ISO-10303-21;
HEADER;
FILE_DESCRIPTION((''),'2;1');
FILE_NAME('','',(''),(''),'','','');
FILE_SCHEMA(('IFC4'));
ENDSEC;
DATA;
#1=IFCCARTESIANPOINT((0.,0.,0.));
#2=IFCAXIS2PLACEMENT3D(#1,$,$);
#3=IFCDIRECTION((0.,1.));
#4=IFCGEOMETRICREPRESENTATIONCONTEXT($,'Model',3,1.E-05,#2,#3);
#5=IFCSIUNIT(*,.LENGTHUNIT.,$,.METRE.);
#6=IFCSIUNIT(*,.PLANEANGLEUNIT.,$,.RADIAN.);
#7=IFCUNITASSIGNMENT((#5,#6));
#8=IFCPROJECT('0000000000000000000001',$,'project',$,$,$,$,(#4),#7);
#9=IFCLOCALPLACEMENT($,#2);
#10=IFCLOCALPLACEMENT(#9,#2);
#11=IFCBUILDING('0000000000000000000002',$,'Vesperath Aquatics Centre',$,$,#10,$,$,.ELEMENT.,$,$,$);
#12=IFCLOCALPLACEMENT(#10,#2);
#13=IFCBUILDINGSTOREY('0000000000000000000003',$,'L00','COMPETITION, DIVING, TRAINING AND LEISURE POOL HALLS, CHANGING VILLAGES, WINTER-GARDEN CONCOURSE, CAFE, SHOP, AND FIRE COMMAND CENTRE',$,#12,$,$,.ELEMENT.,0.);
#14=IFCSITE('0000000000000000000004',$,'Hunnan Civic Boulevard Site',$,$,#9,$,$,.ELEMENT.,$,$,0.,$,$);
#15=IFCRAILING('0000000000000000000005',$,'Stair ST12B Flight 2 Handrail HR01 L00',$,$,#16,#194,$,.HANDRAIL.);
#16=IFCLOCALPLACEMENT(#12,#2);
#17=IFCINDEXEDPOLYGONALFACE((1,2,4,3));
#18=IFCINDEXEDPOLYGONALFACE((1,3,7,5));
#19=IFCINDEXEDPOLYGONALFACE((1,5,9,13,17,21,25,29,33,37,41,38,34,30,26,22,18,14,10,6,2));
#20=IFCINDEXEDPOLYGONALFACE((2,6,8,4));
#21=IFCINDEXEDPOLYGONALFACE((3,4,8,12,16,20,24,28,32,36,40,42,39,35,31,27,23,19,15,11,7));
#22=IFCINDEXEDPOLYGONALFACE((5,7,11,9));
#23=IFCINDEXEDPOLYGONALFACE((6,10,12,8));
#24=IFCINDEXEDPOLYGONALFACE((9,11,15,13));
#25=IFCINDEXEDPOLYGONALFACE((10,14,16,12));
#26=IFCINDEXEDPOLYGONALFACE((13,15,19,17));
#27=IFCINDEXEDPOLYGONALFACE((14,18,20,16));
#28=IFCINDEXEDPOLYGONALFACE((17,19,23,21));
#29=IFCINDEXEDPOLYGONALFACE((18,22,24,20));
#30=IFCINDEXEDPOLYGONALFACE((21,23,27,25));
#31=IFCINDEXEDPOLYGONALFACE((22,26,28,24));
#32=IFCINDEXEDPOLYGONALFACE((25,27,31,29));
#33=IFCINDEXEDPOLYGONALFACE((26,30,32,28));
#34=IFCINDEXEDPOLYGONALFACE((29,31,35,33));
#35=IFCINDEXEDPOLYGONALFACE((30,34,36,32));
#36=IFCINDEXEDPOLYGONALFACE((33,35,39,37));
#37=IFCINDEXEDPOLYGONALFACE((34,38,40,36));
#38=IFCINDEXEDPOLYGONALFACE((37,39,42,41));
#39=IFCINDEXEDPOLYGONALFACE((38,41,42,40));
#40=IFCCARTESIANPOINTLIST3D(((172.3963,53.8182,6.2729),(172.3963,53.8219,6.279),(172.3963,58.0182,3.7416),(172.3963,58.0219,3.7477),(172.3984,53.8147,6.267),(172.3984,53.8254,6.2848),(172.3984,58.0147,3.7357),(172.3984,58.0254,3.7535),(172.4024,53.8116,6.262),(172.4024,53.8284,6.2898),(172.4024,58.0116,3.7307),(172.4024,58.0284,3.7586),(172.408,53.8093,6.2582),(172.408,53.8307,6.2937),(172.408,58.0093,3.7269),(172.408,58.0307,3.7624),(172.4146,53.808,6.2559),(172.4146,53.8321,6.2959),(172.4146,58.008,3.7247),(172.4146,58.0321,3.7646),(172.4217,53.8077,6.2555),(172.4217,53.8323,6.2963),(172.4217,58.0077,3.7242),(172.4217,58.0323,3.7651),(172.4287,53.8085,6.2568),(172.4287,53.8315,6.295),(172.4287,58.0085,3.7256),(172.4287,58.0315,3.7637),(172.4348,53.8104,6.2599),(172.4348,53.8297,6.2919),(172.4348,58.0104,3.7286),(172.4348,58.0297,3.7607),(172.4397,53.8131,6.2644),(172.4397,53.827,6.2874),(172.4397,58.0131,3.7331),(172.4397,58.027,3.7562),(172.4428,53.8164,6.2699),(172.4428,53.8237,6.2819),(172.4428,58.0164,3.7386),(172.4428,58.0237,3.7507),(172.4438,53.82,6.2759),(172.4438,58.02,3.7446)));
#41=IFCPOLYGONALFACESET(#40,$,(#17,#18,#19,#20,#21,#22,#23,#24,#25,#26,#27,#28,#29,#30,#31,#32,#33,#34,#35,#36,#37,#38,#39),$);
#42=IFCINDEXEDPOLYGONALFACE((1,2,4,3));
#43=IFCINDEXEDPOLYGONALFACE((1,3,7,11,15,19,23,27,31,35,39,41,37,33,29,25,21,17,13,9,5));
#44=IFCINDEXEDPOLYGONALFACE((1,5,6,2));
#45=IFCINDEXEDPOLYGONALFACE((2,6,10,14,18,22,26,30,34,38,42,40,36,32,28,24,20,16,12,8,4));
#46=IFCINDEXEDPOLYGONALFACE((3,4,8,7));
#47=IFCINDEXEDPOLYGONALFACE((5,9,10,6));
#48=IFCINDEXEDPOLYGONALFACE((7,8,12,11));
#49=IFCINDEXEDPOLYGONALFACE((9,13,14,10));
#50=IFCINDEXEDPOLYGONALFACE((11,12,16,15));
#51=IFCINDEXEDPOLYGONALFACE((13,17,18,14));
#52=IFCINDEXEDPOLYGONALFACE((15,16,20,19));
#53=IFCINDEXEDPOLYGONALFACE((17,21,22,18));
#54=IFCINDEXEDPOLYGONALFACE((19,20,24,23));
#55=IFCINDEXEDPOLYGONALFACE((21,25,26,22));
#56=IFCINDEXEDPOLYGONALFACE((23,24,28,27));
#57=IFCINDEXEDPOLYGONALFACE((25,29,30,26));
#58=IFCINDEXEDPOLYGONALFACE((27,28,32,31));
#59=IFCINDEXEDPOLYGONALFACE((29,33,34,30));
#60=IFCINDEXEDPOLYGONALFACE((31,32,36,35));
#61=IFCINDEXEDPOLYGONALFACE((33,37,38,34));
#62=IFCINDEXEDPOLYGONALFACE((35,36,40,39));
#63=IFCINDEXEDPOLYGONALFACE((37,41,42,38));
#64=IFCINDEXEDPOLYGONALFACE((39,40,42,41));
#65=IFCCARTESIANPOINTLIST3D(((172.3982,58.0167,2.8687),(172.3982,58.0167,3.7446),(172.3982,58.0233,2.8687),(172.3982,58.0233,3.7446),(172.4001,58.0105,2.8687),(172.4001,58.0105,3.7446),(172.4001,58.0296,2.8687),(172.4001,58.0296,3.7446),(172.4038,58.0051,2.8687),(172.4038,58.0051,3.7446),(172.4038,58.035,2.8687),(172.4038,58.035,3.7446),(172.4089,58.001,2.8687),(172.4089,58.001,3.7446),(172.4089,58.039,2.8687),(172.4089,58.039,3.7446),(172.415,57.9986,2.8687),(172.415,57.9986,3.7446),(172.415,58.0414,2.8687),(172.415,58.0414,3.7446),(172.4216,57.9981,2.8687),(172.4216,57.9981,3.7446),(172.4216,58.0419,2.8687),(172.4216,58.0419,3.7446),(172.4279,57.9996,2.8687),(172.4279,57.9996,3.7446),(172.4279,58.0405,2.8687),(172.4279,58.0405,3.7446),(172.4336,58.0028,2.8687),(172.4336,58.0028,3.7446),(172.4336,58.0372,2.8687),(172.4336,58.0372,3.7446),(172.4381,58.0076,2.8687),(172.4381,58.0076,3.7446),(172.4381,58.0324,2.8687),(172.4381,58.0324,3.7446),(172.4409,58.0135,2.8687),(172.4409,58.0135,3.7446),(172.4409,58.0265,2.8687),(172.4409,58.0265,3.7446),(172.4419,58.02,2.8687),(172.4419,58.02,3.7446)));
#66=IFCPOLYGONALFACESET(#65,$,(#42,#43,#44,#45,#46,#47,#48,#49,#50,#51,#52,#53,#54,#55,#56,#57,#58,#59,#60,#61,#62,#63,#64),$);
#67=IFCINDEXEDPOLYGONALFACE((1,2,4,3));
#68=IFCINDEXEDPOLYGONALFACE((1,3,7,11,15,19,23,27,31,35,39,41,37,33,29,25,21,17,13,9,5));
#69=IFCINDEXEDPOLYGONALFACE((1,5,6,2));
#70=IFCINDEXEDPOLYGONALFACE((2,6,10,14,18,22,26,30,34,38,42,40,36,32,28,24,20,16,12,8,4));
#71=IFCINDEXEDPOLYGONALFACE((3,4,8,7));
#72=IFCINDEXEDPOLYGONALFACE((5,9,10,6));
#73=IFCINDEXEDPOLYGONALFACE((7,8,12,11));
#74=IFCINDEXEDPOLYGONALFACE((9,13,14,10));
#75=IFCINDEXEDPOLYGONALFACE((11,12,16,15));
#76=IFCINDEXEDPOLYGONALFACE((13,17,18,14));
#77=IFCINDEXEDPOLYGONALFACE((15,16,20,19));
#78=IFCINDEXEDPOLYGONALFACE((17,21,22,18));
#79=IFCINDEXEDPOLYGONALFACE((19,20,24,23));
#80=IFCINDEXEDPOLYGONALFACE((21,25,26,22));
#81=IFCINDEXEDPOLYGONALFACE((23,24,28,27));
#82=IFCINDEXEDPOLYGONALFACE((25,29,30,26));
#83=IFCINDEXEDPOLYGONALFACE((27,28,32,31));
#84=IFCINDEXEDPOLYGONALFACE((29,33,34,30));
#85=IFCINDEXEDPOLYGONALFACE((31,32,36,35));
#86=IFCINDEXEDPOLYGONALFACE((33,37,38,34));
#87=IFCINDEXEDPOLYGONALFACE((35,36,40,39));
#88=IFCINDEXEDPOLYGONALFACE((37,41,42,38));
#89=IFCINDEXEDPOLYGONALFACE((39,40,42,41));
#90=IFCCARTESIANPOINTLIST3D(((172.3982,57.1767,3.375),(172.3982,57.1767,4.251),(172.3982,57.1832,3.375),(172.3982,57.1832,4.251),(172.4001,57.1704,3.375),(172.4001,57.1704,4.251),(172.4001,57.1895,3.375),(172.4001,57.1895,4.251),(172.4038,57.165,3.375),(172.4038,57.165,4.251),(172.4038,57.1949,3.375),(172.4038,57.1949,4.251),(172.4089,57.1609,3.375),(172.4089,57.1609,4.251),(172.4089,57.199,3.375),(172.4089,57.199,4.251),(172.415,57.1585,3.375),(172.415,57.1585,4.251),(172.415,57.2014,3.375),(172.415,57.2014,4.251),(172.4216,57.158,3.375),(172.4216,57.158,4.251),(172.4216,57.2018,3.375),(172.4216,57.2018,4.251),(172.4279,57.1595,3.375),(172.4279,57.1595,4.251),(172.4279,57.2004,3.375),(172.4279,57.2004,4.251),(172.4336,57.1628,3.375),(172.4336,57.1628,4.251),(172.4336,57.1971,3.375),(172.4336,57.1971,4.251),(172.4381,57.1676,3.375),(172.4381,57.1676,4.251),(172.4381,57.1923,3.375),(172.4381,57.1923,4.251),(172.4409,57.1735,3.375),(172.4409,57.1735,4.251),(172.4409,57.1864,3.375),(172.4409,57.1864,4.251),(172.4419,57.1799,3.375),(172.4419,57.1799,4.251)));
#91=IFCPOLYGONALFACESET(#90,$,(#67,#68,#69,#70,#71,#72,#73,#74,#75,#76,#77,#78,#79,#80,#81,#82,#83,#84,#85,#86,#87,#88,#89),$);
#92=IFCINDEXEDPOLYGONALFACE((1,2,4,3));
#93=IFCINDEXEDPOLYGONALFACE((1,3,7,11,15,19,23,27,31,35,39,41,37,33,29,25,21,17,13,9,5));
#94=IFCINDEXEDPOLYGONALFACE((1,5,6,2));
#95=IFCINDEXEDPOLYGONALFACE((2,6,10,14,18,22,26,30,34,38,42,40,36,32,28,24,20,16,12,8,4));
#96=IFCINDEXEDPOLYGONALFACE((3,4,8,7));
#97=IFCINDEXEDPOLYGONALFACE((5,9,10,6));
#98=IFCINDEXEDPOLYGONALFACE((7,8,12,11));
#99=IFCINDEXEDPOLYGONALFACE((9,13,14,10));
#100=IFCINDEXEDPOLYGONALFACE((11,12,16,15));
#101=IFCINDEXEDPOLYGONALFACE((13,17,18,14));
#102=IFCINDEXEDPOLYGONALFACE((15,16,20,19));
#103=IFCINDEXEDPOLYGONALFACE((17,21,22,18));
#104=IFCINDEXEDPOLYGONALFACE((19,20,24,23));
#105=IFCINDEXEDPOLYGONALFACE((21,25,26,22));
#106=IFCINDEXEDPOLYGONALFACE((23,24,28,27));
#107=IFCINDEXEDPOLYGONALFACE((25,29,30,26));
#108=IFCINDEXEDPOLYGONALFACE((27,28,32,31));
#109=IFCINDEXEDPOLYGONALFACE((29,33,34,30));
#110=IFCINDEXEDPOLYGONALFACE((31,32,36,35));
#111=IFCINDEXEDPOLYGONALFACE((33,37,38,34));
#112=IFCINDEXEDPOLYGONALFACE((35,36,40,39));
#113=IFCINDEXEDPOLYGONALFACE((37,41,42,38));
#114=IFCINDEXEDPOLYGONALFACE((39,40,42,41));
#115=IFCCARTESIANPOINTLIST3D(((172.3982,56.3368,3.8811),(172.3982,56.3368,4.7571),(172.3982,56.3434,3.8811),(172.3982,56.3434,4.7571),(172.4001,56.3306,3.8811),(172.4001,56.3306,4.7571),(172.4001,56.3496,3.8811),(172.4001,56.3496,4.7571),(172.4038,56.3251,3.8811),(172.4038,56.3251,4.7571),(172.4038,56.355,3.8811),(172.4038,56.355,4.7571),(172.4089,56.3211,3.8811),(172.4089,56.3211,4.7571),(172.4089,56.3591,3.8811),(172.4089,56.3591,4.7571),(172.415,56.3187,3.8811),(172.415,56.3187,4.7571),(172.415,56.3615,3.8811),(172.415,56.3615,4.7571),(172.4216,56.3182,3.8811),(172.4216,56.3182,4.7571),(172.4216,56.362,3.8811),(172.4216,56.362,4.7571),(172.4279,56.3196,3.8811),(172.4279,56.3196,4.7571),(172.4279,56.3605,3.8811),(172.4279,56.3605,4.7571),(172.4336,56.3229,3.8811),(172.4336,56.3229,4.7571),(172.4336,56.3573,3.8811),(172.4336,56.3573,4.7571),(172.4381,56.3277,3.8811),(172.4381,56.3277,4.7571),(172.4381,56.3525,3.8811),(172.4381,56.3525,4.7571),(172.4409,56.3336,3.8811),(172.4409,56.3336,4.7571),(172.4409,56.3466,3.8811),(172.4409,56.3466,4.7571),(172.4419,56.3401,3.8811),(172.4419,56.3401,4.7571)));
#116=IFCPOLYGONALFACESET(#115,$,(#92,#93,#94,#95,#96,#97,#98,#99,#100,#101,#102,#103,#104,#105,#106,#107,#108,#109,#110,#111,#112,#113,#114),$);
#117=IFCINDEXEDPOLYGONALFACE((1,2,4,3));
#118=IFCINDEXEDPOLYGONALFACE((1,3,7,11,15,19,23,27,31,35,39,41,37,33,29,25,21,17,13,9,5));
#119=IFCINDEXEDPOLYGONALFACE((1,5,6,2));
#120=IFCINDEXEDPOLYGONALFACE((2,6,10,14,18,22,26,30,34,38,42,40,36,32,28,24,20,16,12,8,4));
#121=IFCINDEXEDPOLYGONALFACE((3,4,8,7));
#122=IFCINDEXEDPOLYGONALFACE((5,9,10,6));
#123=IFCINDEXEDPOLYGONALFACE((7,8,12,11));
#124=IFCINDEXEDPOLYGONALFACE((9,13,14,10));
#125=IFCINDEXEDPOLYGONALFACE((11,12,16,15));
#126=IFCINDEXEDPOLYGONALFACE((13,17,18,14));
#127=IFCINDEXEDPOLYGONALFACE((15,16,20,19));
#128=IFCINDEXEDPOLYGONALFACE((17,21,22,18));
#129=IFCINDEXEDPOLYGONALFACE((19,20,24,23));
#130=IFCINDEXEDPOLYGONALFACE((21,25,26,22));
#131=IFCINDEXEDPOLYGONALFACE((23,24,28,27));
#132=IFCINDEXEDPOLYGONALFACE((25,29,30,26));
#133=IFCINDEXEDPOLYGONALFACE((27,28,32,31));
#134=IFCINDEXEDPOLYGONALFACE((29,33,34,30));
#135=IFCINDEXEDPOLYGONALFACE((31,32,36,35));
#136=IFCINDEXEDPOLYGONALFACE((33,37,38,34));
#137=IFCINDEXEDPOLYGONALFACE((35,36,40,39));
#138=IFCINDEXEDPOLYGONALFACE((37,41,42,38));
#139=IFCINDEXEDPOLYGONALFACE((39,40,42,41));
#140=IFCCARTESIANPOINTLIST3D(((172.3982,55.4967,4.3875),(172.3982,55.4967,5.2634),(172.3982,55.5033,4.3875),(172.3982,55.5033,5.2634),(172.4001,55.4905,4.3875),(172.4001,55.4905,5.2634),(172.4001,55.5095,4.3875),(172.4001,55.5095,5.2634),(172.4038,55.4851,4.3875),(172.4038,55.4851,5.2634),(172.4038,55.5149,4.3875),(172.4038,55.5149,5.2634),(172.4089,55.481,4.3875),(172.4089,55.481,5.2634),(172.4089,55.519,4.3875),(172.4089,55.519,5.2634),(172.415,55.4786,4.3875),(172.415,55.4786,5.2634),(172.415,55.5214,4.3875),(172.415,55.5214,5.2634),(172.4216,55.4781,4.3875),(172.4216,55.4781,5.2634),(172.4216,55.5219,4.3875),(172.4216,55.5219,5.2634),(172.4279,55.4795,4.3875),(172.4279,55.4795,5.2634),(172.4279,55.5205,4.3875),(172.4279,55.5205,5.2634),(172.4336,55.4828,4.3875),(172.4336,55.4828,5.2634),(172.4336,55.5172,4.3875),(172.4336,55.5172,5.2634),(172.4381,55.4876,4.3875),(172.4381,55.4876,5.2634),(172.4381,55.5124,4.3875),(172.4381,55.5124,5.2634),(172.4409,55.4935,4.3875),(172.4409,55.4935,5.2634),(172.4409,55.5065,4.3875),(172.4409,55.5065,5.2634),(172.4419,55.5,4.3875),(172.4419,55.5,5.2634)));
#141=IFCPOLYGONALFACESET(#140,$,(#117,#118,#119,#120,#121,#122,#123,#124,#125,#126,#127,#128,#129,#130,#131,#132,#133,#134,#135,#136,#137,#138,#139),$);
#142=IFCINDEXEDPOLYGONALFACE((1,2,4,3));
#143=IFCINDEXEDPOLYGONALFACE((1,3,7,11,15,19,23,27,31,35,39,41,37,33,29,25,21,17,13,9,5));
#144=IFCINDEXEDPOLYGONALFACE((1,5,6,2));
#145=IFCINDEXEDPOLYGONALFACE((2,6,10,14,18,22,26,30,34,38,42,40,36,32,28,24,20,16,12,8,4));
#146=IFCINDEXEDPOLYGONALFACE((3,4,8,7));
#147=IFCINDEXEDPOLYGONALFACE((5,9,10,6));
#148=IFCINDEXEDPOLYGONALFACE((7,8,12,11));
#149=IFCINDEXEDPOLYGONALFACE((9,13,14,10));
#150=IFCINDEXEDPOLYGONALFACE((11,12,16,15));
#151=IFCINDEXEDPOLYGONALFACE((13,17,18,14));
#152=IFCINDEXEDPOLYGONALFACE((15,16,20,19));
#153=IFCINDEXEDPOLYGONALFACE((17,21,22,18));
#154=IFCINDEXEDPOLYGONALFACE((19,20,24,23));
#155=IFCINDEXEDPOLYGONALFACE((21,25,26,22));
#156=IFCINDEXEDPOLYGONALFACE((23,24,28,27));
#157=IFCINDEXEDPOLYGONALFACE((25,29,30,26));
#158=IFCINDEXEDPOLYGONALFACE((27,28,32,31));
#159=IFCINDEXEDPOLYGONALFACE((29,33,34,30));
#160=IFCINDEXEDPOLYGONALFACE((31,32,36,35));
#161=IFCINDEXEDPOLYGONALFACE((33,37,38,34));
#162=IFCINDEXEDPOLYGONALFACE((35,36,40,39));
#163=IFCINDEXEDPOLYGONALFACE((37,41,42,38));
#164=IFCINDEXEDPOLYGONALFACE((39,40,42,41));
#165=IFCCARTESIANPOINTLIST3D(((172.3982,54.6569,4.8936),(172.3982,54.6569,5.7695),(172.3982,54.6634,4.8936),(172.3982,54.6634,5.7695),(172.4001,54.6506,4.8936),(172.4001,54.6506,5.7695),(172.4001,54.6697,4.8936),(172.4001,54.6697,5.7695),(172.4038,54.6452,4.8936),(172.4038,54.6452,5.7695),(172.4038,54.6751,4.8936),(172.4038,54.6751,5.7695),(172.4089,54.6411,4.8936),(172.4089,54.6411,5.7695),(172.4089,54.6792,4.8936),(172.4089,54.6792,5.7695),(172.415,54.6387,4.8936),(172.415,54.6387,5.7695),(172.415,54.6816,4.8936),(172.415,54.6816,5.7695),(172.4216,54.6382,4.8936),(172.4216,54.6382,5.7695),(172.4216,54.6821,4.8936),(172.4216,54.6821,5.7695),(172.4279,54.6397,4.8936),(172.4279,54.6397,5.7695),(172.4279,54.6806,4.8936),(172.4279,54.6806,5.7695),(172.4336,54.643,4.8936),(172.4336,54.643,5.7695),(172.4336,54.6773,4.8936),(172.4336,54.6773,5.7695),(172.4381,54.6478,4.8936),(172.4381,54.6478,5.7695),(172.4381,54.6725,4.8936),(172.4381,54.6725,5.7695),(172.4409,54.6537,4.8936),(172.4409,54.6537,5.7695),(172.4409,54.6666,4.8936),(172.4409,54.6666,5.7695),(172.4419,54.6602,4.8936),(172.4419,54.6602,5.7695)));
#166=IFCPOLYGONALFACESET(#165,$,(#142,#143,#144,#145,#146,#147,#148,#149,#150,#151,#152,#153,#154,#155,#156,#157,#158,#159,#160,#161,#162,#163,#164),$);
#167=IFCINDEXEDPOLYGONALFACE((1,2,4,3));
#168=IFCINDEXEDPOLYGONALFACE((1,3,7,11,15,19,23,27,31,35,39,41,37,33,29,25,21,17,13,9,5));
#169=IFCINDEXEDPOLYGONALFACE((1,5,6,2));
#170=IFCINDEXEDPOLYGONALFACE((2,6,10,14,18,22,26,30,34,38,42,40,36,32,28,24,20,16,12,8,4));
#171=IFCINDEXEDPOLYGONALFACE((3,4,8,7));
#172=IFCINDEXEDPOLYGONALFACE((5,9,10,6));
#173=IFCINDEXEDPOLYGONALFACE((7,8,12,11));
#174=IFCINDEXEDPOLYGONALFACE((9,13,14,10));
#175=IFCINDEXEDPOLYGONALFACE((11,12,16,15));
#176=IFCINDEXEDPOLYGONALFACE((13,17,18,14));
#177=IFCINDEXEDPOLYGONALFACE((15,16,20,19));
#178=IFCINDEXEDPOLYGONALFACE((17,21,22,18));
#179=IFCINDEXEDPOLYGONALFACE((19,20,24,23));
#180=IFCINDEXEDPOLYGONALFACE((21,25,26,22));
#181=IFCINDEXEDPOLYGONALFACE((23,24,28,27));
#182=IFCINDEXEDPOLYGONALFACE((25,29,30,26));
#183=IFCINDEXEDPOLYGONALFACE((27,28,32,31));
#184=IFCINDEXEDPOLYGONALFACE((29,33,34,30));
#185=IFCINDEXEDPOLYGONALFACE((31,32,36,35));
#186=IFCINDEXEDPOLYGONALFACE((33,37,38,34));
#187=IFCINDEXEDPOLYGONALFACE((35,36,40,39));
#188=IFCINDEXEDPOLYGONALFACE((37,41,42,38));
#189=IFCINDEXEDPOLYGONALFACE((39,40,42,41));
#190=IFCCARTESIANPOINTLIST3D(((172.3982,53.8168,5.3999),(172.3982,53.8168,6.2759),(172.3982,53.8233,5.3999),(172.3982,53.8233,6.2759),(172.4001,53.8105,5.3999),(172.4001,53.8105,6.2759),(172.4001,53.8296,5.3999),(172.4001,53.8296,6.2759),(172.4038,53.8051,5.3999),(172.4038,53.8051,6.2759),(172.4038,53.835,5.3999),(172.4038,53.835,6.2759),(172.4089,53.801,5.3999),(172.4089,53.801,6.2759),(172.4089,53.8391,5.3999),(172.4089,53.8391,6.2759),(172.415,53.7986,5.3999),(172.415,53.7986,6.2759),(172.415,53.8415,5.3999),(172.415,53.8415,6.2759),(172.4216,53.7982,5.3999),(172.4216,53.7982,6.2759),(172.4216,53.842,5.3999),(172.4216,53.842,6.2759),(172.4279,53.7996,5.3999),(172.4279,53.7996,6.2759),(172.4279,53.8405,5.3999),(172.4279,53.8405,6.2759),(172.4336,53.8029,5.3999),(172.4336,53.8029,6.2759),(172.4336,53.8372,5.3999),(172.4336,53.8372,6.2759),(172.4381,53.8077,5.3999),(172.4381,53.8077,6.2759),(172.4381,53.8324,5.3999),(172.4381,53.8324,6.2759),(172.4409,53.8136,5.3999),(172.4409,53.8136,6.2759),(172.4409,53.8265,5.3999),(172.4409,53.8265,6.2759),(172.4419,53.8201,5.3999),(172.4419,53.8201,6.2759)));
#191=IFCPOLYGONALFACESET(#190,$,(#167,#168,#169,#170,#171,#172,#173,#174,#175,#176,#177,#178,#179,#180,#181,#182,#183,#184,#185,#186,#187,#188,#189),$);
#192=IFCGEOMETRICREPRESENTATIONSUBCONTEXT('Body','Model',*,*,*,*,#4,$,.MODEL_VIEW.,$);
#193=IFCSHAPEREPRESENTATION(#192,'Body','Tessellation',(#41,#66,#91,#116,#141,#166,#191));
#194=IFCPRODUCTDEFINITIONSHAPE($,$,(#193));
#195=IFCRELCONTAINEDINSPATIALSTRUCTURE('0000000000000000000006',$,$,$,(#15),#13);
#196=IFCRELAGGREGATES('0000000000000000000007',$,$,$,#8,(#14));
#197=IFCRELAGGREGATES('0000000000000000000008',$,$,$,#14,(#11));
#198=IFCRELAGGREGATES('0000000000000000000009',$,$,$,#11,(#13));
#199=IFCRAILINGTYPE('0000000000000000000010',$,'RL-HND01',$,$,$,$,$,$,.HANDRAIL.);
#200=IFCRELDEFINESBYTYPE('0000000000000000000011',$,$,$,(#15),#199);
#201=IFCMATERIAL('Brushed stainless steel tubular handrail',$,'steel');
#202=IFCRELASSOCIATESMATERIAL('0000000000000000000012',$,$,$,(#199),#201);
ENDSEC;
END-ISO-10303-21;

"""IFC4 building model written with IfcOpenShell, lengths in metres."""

from ifc_helpers import new_model, si_unit, direction, frame, origin, origin_2d, place, context, subcontext, project, spatial, circle, extrude, material, type_object, element, save


model = new_model("IFC4")

# Units and contexts
model_context = context("Model", 3, precision=1e-05, world=origin(), true_north=direction((0.0, 1.0)))
body_context = subcontext(model_context, "Body", "Model", "MODEL_VIEW")
ifc_project = project(units=[si_unit("LENGTHUNIT", "METRE"), si_unit("PLANEANGLEUNIT", "RADIAN")], contexts=[model_context])

# Site, building, storey
site_placement = place(None, origin())
site = spatial("IfcSite", under=ifc_project, at=site_placement, Name="Hunnan Civic Boulevard Site", CompositionType="ELEMENT", RefElevation=0.0)
building_placement = place(site_placement, origin())
building = spatial("IfcBuilding", under=site, at=building_placement, Name="Vesperath Aquatics Centre", CompositionType="ELEMENT")
storey_placement = place(building_placement, origin())
storey = spatial("IfcBuildingStorey", under=building, at=storey_placement, Name="L00", Description="COMPETITION, DIVING, TRAINING AND LEISURE POOL HALLS, CHANGING VILLAGES, WINTER-GARDEN CONCOURSE, CAFE, SHOP, AND FIRE COMMAND CENTRE", CompositionType="ELEMENT", Elevation=0.0)

# Railing
ifc_material_1 = material(Name="Brushed stainless steel tubular handrail", Category="steel")
railing_type_1 = type_object("IfcRailingType", Name="RL-HND01", PredefinedType="HANDRAIL", material=ifc_material_1)
railing_1_placement = place(storey_placement, frame((172.4199, 58.02, 2.8687)))
element("IfcRailing", 1, at=railing_1_placement, inside=storey, type_object=railing_type_1, Name="Stair ST12B Flight 2 Handrail HR01 L00", PredefinedType="HANDRAIL", context=body_context, shape_type="SweptSolid", body=[
    extrude(circle(Radius=0.0239, at=origin_2d()), frame((0.0, 0.0, 0.876), z_axis=(0.0, -0.856476, 0.516186), x_axis=(1.0, 0.0, 0.0)), (0.0, 0.0, 1.0), 4.9038),
    extrude(circle(Radius=0.022, at=origin_2d()), origin(), (0.0, 0.0, 1.0), 0.876),
    extrude(circle(Radius=0.022, at=origin_2d()), frame((0.0, -0.8401, 0.5063)), (0.0, 0.0, 1.0), 0.876),
    extrude(circle(Radius=0.022, at=origin_2d()), frame((0.0, -1.6799, 1.0125)), (0.0, 0.0, 1.0), 0.876),
    extrude(circle(Radius=0.022, at=origin_2d()), frame((0.0, -2.52, 1.5188)), (0.0, 0.0, 1.0), 0.876),
    extrude(circle(Radius=0.022, at=origin_2d()), frame((0.0, -3.3599, 2.0249)), (0.0, 0.0, 1.0), 0.876),
    extrude(circle(Radius=0.022, at=origin_2d()), frame((0.0, -4.2, 2.5312)), (0.0, 0.0, 1.0), 0.876),
])

save(model, "model.ifc")
